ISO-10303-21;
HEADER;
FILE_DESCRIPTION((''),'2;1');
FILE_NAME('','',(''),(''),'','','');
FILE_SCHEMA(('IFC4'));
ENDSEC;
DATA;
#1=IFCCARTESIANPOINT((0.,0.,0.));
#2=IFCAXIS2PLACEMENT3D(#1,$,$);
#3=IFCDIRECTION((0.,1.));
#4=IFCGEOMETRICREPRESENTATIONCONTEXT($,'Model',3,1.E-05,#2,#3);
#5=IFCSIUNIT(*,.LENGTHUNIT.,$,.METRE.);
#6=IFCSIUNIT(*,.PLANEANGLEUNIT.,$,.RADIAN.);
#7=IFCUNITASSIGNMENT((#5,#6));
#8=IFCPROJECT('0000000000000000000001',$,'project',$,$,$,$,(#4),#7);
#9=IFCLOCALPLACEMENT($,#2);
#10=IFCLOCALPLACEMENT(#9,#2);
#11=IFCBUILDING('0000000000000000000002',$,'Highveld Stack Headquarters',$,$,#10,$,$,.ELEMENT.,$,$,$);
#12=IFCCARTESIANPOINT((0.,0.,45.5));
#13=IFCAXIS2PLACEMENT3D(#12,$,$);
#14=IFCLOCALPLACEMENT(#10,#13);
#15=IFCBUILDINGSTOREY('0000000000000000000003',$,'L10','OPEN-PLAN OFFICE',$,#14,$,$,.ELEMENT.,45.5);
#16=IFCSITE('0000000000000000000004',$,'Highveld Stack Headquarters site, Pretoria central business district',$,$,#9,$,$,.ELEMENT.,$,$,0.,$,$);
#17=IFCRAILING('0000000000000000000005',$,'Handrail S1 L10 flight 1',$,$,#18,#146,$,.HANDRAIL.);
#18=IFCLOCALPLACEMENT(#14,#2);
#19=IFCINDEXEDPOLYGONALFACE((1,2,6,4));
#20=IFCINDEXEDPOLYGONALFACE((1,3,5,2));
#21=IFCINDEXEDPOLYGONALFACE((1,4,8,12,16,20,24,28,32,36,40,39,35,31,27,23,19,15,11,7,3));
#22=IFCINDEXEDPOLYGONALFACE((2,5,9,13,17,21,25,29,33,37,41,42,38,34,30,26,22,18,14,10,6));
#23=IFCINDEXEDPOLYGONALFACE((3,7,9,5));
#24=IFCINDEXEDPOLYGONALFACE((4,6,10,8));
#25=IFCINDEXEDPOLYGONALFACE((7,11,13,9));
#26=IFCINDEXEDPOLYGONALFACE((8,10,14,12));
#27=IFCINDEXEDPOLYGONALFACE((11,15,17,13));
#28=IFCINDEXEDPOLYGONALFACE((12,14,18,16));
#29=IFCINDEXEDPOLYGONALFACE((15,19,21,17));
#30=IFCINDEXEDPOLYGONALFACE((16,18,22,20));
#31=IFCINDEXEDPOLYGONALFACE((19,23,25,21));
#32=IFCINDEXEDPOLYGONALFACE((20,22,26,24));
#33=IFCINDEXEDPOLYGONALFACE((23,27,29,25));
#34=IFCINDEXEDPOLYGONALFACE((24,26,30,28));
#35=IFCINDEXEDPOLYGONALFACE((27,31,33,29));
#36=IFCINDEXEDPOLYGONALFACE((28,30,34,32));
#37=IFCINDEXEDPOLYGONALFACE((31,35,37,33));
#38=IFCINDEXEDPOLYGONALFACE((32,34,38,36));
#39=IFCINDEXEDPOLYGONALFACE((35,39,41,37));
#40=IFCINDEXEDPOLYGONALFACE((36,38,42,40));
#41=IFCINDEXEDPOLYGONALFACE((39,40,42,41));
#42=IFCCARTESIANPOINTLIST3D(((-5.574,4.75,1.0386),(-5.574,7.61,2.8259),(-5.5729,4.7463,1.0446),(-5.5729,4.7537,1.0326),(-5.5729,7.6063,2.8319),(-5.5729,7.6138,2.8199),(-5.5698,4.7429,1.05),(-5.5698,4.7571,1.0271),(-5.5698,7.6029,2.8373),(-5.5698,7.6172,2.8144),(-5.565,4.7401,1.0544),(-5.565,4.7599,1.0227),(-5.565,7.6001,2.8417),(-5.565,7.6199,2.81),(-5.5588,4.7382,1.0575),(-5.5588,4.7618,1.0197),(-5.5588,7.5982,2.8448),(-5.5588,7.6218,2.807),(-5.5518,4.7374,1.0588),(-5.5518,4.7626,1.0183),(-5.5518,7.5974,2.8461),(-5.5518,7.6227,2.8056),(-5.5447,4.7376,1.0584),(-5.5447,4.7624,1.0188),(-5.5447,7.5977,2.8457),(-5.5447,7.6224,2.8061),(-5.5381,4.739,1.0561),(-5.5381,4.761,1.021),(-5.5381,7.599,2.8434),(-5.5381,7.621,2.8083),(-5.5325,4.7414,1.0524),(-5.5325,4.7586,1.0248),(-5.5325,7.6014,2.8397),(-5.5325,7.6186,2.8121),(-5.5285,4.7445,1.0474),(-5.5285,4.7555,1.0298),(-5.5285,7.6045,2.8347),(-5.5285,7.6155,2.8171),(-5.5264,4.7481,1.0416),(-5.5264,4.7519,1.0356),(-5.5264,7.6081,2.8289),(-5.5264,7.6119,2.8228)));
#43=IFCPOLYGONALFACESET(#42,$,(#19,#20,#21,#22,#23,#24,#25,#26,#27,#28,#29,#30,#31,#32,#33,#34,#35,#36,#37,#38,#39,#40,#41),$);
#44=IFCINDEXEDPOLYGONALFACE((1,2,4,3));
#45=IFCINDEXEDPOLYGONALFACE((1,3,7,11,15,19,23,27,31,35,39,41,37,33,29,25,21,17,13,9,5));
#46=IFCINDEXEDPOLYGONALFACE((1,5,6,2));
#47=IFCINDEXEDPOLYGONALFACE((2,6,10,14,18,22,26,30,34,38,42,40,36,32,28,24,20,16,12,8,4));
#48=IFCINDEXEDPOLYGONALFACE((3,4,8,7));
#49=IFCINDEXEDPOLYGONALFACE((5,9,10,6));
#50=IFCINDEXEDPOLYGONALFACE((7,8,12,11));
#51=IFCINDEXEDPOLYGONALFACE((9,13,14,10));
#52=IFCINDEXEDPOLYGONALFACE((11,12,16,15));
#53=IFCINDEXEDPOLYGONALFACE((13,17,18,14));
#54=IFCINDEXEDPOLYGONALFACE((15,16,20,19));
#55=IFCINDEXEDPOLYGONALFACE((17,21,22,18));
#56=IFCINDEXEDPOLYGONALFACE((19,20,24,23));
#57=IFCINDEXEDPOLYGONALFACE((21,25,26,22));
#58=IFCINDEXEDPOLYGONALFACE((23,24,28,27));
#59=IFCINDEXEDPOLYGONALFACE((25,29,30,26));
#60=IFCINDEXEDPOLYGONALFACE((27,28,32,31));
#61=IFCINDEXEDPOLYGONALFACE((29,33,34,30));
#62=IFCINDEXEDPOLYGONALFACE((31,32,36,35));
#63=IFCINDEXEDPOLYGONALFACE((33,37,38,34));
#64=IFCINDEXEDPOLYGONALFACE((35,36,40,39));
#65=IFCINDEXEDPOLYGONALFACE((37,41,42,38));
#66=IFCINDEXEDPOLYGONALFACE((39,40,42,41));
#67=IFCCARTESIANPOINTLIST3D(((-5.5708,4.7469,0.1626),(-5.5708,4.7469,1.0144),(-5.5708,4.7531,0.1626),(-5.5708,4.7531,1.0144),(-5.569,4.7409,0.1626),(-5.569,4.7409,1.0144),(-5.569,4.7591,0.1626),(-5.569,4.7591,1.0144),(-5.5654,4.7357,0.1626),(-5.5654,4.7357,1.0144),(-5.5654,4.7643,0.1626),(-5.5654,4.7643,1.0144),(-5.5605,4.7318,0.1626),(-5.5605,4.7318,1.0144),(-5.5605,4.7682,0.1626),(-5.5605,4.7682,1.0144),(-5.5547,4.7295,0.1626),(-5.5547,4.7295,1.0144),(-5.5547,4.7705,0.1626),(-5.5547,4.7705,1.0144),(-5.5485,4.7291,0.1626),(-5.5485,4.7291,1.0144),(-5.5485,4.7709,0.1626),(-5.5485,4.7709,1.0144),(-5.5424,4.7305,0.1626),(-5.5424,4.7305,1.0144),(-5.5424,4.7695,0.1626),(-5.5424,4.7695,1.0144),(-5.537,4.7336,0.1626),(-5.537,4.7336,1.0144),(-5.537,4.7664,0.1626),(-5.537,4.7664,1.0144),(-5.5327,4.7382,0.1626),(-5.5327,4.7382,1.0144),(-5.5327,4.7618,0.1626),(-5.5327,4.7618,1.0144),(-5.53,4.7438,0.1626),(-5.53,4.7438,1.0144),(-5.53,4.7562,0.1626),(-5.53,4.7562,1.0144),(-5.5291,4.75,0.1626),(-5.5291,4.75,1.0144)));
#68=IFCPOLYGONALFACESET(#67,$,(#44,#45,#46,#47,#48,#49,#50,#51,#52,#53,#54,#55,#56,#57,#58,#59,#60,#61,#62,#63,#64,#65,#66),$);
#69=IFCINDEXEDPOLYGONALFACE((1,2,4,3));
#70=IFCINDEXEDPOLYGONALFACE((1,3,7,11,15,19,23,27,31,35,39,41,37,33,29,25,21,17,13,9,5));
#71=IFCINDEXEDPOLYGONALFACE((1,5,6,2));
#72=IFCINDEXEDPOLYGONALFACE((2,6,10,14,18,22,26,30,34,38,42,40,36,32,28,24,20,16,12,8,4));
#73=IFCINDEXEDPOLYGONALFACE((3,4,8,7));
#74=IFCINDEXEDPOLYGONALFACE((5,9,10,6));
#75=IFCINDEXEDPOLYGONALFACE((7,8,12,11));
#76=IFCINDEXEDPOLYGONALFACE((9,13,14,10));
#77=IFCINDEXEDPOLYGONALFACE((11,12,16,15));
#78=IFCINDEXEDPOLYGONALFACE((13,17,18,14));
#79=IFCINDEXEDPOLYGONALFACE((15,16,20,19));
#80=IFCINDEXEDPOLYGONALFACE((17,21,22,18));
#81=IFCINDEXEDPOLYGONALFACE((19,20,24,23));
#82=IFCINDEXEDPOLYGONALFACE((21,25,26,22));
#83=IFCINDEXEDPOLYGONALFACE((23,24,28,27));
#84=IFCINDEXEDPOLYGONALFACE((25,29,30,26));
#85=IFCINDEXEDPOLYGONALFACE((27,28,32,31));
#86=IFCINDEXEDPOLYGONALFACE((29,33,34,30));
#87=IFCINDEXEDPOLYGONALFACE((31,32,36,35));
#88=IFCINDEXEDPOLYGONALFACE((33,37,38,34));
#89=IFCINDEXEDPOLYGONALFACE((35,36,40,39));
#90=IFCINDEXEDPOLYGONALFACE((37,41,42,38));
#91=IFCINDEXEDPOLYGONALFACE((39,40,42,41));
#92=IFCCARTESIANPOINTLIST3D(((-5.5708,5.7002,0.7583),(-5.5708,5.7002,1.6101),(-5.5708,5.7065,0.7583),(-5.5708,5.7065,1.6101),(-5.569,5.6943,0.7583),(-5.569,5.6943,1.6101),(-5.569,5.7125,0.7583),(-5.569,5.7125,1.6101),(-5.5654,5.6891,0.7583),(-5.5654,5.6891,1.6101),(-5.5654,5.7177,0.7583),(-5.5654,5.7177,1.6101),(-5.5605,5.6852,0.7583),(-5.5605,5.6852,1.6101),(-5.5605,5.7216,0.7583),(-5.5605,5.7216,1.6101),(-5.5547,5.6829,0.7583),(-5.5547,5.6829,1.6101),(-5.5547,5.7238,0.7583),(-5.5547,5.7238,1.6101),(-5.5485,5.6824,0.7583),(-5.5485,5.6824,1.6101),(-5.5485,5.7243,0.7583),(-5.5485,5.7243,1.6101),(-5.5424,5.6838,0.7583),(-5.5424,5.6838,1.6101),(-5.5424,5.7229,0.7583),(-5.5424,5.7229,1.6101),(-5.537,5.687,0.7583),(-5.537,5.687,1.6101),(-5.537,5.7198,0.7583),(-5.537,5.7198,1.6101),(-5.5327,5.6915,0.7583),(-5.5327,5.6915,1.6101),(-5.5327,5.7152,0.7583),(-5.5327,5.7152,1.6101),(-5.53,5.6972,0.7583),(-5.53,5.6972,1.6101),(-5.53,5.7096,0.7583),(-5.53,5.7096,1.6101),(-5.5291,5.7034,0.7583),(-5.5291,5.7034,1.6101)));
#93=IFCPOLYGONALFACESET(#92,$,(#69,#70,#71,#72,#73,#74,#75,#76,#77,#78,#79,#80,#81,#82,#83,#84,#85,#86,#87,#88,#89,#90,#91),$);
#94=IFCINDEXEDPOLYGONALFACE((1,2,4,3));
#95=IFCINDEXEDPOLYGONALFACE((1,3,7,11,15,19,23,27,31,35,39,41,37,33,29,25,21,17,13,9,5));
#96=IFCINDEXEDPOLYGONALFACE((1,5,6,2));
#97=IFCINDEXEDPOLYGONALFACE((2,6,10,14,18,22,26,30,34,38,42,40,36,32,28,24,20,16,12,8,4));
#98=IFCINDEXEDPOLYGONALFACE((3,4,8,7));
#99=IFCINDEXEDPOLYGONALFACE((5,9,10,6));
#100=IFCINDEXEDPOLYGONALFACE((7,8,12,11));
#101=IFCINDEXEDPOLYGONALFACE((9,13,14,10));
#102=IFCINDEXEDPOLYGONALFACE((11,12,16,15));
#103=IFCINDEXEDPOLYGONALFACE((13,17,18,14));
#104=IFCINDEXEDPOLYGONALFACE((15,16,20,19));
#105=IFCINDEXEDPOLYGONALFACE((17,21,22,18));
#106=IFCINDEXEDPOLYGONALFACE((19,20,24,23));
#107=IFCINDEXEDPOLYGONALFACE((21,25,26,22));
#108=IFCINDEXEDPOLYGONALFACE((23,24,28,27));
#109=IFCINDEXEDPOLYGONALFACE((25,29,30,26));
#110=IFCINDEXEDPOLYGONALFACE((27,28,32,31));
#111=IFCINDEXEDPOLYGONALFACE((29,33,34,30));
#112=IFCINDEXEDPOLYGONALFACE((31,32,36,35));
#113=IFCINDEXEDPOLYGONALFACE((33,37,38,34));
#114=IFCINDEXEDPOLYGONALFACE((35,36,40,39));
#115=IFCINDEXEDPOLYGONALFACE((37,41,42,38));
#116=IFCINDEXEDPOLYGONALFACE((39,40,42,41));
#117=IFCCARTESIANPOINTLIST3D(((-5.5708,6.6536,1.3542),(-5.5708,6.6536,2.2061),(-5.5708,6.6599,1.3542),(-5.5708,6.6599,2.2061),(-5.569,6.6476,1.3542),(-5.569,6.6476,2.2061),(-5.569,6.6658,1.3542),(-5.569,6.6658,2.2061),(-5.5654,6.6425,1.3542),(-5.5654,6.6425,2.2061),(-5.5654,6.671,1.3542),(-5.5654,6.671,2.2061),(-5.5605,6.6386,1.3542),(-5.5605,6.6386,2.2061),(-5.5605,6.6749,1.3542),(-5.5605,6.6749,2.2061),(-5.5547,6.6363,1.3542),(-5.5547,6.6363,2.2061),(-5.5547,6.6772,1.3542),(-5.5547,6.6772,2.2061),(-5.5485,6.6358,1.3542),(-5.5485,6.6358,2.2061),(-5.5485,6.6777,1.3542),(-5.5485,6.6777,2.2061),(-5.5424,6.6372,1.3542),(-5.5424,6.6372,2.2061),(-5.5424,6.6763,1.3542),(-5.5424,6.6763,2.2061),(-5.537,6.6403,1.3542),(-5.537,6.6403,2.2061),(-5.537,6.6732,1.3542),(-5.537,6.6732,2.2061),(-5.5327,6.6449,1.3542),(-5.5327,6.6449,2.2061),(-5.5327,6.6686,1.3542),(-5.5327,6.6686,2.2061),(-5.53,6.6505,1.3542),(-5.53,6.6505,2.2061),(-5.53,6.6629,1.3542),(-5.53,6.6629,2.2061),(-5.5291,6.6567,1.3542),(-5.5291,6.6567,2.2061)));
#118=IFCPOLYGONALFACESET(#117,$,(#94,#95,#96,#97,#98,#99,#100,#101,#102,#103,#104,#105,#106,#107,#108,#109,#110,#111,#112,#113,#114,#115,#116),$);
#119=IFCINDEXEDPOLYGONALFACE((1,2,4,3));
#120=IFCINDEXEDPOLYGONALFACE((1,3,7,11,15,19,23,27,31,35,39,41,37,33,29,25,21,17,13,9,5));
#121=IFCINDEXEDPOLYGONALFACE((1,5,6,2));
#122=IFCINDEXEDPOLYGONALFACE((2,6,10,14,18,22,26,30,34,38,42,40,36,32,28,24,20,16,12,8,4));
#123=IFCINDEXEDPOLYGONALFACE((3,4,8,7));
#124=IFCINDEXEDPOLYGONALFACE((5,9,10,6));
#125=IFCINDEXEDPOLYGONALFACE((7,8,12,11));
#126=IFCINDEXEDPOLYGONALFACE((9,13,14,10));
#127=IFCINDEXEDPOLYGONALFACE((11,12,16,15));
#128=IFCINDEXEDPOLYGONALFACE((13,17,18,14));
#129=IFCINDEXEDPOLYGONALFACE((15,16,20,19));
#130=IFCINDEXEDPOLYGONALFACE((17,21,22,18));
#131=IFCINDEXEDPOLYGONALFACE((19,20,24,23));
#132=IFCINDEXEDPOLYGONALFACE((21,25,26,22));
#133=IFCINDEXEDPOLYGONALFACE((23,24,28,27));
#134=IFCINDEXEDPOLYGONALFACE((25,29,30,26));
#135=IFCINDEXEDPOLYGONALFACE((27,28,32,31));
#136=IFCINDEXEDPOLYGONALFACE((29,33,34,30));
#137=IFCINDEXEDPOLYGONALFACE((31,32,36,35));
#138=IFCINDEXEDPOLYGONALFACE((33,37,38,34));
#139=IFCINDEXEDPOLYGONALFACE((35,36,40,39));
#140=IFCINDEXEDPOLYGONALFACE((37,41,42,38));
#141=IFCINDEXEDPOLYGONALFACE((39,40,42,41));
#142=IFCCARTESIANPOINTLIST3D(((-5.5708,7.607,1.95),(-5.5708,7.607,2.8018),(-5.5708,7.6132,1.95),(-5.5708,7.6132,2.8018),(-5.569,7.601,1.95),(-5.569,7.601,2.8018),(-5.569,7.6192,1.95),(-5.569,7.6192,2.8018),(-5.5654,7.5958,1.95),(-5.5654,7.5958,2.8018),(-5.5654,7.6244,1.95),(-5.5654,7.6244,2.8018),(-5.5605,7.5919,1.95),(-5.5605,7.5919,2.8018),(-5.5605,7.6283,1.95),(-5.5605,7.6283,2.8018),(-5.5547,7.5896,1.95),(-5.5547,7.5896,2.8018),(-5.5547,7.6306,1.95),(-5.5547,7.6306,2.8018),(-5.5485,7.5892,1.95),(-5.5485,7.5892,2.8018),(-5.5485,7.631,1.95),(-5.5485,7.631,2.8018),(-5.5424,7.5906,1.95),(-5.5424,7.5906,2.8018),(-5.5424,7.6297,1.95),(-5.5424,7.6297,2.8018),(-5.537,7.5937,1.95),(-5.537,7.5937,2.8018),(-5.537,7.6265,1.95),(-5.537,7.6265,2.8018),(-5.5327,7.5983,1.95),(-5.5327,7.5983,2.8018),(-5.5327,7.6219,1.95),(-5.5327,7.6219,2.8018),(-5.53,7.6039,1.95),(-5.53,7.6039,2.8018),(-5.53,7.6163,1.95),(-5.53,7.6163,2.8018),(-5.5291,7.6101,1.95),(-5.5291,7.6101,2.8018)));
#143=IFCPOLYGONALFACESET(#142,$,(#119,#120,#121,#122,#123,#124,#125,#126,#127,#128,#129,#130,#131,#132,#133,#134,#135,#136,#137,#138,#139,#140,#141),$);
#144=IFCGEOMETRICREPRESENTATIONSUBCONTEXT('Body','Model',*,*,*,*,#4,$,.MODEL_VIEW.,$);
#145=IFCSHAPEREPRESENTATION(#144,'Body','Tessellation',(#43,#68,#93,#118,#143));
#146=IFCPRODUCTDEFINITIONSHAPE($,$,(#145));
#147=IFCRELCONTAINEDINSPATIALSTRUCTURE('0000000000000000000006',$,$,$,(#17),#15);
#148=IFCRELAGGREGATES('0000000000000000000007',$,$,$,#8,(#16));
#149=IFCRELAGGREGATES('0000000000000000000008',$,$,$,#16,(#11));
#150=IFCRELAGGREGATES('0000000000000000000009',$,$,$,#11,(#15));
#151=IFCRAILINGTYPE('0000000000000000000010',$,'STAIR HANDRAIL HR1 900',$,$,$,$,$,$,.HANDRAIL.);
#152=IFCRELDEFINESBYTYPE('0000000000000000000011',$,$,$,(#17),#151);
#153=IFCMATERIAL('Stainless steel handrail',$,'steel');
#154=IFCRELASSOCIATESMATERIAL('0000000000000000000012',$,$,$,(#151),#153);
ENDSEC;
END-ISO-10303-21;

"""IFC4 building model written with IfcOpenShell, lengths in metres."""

from ifc_helpers import new_model, si_unit, direction, frame, origin, origin_2d, place, context, subcontext, project, spatial, circle, extrude, material, type_object, element, save


model = new_model("IFC4")

# Units and contexts
model_context = context("Model", 3, precision=1e-05, world=origin(), true_north=direction((0.0, 1.0)))
body_context = subcontext(model_context, "Body", "Model", "MODEL_VIEW")
ifc_project = project(units=[si_unit("LENGTHUNIT", "METRE"), si_unit("PLANEANGLEUNIT", "RADIAN")], contexts=[model_context])

# Site, building, storey
site_placement = place(None, origin())
site = spatial("IfcSite", under=ifc_project, at=site_placement, Name="Highveld Stack Headquarters site, Pretoria central business district", CompositionType="ELEMENT", RefElevation=0.0)
building_placement = place(site_placement, origin())
building = spatial("IfcBuilding", under=site, at=building_placement, Name="Highveld Stack Headquarters", CompositionType="ELEMENT")
storey_placement = place(building_placement, frame((0.0, 0.0, 45.5)))
storey = spatial("IfcBuildingStorey", under=building, at=storey_placement, Name="L10", Description="OPEN-PLAN OFFICE", CompositionType="ELEMENT", Elevation=45.5)

# Railing
ifc_material_1 = material(Name="Stainless steel handrail", Category="steel")
railing_type = type_object("IfcRailingType", Name="STAIR HANDRAIL HR1 900", PredefinedType="HANDRAIL", material=ifc_material_1)
for number, where, name in (
    (1, (-5.55, 4.75, 0.1626), "Handrail S1 L10 flight 1"),
):
    element("IfcRailing", number, at=place(storey_placement, frame(where)), inside=storey, type_object=railing_type, Name=name, PredefinedType="HANDRAIL", context=body_context, shape_type="SweptSolid", body=[
        extrude(circle(Radius=0.0239, at=origin_2d()), frame((0.0, 0.0, 0.876), z_axis=(0.0, 0.848027, 0.529953), x_axis=(-1.0, 0.0, 0.0)), (0.0, 0.0, 1.0), 3.3726),
        extrude(circle(Radius=0.021, at=origin_2d()), origin(), (0.0, 0.0, 1.0), 0.8518),
        extrude(circle(Radius=0.021, at=origin_2d()), frame((0.0, 0.9534, 0.5957)), (0.0, 0.0, 1.0), 0.8518),
        extrude(circle(Radius=0.021, at=origin_2d()), frame((0.0, 1.9067, 1.1917)), (0.0, 0.0, 1.0), 0.8518),
        extrude(circle(Radius=0.021, at=origin_2d()), frame((0.0, 2.8601, 1.7874)), (0.0, 0.0, 1.0), 0.8518),
    ])

save(model, "model.ifc")
